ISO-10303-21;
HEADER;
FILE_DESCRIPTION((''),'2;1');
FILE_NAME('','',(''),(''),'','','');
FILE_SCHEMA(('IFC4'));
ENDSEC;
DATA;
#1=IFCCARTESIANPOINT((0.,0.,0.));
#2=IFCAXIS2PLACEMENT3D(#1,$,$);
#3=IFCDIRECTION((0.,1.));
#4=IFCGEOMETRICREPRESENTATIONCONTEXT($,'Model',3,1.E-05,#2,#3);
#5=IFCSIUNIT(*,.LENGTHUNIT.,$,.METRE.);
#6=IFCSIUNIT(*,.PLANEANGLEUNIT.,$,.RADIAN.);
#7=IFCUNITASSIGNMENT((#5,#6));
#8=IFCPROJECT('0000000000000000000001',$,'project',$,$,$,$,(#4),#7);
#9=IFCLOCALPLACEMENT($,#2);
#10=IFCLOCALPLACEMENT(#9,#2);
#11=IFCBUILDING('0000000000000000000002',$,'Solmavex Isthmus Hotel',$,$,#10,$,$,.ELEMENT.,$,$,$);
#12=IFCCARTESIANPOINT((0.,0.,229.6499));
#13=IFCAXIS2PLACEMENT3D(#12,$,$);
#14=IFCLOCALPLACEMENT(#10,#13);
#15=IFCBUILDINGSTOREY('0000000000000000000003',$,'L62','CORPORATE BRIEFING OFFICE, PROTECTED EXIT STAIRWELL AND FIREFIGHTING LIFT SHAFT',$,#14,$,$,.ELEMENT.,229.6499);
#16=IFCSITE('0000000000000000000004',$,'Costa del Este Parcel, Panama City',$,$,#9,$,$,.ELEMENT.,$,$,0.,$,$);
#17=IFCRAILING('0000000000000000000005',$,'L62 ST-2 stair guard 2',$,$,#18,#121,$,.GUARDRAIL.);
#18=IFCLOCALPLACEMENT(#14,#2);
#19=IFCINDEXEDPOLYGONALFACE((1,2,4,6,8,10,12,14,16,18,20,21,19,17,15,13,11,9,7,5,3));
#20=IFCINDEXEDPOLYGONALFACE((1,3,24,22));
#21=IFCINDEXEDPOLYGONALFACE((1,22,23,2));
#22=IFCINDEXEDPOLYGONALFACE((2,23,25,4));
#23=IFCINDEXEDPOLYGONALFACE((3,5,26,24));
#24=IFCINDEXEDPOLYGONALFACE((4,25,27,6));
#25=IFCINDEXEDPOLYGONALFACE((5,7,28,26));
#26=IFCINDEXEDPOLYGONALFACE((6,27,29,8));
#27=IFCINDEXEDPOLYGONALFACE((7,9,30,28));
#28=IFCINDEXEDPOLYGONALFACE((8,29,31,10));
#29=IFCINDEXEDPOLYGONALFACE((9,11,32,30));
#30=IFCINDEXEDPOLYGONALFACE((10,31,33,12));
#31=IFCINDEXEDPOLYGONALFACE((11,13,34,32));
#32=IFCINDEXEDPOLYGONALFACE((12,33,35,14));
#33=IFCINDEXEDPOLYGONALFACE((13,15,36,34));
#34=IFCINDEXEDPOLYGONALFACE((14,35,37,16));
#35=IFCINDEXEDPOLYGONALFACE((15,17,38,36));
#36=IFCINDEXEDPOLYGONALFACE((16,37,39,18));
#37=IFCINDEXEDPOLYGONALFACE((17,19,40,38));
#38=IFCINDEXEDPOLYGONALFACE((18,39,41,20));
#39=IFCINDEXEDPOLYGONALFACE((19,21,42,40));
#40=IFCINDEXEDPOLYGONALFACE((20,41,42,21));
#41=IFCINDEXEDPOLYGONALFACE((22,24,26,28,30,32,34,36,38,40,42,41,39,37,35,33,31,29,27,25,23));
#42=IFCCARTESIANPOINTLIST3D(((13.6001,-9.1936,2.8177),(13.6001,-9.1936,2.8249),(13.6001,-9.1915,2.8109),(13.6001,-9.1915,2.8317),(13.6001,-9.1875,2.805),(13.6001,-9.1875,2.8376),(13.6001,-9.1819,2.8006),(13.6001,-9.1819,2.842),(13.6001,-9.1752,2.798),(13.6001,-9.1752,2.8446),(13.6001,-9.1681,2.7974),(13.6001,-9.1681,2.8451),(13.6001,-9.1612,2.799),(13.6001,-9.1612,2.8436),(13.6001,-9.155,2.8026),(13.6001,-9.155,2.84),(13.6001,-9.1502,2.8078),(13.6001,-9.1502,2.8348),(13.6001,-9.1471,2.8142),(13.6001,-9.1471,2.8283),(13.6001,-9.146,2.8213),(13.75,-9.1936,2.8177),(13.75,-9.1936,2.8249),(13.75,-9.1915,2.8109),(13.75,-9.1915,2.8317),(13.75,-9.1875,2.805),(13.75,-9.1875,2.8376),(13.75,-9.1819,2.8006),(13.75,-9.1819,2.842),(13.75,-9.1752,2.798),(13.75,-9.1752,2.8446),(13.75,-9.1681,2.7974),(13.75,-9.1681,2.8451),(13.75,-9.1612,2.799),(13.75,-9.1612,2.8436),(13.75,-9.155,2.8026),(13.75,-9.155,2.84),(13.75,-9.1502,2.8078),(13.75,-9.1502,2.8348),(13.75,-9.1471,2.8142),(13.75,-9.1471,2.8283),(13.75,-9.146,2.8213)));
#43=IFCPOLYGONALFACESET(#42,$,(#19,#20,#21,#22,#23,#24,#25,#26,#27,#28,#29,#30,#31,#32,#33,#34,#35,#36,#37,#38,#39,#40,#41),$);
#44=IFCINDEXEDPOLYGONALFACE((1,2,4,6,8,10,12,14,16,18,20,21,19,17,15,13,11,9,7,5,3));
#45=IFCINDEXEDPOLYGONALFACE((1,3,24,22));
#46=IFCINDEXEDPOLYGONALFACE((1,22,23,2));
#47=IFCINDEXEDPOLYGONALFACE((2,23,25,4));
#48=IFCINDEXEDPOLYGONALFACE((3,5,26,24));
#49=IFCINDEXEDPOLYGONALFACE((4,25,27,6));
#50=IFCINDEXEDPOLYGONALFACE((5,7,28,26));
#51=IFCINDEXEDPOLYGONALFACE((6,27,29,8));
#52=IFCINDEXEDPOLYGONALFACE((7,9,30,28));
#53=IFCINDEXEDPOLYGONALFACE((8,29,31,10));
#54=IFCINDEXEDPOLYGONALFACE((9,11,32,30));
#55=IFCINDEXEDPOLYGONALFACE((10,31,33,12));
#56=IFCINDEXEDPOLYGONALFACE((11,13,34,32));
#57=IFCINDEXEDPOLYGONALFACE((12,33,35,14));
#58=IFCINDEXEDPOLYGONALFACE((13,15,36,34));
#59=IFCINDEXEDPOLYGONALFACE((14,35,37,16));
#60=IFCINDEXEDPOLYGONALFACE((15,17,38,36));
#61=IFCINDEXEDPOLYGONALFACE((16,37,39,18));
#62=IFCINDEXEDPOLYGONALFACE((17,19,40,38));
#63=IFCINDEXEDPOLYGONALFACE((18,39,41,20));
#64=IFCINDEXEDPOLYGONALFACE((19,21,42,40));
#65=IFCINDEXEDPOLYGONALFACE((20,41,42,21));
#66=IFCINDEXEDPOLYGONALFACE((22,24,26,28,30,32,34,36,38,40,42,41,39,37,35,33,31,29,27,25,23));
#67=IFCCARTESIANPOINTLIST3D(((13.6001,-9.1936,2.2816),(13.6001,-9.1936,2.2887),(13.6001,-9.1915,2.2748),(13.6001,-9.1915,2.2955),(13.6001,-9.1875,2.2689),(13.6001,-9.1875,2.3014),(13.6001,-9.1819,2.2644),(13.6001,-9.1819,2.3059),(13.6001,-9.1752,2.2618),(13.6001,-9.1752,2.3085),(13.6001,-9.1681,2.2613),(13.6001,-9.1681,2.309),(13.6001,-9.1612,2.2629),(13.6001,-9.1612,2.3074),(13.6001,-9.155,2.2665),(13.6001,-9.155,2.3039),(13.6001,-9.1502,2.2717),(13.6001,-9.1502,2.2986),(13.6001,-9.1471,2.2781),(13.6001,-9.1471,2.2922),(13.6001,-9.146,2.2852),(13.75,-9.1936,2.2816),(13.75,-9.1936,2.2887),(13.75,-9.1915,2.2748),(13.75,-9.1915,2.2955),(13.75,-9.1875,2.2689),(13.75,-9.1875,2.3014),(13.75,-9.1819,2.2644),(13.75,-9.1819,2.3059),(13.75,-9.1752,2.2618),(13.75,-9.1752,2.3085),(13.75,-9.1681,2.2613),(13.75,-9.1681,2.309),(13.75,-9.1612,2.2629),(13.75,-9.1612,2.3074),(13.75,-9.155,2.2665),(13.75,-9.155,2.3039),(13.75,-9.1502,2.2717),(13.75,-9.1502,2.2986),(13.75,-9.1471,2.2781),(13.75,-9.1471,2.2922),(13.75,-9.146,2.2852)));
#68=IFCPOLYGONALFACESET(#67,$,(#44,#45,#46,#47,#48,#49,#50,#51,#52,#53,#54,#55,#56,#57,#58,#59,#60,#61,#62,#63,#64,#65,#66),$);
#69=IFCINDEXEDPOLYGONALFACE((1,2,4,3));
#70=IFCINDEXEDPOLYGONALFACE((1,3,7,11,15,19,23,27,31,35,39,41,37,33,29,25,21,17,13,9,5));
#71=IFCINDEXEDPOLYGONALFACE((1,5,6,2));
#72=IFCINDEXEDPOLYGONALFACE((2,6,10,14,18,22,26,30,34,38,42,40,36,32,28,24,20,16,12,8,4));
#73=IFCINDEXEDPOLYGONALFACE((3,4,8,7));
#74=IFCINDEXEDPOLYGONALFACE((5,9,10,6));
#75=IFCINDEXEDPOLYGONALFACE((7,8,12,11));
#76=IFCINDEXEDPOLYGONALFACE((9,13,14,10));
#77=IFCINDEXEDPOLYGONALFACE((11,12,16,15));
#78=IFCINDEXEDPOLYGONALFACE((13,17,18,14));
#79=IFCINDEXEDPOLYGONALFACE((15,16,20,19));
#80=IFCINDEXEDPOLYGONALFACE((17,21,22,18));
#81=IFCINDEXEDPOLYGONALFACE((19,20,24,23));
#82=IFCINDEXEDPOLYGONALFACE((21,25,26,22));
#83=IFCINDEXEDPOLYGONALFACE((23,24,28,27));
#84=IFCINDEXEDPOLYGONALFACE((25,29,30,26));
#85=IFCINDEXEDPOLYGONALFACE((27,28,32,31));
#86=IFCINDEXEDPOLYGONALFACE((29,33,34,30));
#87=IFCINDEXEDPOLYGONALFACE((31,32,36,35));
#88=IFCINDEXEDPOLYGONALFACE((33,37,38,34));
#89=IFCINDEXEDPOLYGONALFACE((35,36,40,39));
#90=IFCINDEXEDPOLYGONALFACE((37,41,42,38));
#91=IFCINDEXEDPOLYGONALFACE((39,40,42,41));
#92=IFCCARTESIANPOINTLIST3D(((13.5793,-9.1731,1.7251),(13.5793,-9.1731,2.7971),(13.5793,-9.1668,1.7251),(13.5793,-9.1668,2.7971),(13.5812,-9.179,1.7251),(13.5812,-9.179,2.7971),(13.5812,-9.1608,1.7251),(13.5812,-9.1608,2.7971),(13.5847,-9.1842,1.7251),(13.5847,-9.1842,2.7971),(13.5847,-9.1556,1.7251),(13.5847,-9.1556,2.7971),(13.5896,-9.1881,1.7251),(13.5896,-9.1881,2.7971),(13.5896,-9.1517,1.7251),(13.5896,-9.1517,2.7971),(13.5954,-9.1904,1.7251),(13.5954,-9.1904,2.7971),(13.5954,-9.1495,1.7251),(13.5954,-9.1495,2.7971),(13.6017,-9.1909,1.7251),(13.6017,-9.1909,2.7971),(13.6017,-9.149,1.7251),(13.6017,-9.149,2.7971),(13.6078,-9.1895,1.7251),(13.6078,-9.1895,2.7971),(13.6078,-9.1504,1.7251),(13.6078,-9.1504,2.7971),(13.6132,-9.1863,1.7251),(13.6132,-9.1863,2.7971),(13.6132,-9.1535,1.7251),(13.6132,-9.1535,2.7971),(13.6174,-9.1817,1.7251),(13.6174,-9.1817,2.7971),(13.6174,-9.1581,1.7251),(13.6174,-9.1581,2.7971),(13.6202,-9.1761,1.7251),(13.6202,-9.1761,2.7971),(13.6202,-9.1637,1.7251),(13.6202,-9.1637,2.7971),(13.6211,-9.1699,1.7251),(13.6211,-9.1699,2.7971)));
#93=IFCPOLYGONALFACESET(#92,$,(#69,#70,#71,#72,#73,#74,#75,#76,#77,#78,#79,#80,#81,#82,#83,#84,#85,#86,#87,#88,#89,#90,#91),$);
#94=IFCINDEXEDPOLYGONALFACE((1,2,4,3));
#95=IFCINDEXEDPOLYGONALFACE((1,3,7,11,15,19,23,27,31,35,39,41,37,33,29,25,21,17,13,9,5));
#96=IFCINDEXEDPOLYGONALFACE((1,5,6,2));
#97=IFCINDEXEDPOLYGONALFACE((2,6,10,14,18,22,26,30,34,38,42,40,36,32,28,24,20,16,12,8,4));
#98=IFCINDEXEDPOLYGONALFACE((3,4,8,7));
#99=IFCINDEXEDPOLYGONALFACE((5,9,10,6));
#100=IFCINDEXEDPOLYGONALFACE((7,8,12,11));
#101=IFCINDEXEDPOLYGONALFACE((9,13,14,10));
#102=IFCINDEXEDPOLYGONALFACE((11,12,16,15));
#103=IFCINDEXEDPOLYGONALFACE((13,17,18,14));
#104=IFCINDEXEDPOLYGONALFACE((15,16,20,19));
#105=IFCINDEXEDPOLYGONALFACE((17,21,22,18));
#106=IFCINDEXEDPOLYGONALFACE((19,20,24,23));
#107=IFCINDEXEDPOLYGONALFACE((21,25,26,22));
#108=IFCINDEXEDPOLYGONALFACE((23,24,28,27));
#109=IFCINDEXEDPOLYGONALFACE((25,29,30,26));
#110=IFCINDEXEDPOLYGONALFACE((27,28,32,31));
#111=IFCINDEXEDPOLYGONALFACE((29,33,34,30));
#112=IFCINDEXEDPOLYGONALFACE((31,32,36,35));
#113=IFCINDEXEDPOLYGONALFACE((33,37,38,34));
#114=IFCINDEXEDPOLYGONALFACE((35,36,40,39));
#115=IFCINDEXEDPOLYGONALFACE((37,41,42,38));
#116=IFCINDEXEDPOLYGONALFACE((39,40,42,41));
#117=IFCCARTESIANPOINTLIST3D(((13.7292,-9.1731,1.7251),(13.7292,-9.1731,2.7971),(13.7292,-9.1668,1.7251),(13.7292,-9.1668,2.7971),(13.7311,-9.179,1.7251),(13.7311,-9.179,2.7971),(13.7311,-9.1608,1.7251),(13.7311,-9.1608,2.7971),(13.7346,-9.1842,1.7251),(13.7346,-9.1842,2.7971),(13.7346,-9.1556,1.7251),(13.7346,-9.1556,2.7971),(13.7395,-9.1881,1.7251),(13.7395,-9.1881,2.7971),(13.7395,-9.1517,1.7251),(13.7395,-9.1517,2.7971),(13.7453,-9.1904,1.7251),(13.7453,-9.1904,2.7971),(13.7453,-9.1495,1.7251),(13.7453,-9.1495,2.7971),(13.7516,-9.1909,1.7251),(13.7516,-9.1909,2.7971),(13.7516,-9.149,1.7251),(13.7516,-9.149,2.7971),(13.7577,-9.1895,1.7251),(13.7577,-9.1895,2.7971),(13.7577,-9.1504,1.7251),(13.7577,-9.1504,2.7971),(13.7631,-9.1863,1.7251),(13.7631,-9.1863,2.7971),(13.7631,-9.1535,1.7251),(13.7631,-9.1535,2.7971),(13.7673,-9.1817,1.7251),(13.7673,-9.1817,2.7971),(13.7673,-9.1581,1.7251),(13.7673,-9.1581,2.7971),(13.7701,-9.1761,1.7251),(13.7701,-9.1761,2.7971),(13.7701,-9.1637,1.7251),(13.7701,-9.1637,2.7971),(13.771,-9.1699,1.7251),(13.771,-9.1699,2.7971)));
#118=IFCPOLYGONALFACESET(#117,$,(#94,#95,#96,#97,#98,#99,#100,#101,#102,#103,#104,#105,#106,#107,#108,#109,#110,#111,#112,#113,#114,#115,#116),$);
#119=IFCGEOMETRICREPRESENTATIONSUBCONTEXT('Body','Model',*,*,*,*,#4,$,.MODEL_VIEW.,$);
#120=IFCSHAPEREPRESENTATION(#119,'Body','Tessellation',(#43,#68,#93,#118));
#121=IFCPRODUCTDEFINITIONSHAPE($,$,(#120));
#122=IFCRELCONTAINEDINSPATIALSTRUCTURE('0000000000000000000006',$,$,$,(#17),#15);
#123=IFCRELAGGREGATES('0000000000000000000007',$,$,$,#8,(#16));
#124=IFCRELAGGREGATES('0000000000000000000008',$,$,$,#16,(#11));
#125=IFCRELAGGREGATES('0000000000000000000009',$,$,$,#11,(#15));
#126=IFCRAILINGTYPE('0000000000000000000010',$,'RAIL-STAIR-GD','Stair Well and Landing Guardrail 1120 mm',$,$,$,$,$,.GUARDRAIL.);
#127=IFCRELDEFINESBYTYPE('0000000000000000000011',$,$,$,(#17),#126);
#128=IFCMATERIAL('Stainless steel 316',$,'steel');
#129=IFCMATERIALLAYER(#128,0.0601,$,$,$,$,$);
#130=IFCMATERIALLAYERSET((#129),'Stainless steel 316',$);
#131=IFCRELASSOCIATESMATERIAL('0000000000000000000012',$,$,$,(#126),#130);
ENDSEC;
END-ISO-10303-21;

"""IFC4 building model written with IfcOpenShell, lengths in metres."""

from ifc_helpers import new_model, si_unit, direction, frame, origin, origin_2d, place, context, subcontext, project, spatial, circle, extrude, material, layer, layer_set, type_object, element, save


model = new_model("IFC4")

# Units and contexts
model_context = context("Model", 3, precision=1e-05, world=origin(), true_north=direction((0.0, 1.0)))
body_context = subcontext(model_context, "Body", "Model", "MODEL_VIEW")
ifc_project = project(units=[si_unit("LENGTHUNIT", "METRE"), si_unit("PLANEANGLEUNIT", "RADIAN")], contexts=[model_context])

# Site, building, storey
site_placement = place(None, origin())
site = spatial("IfcSite", under=ifc_project, at=site_placement, Name="Costa del Este Parcel, Panama City", CompositionType="ELEMENT", RefElevation=0.0)
building_placement = place(site_placement, origin())
building = spatial("IfcBuilding", under=site, at=building_placement, Name="Solmavex Isthmus Hotel", CompositionType="ELEMENT")
storey_placement = place(building_placement, frame((0.0, 0.0, 229.6499)))
storey = spatial("IfcBuildingStorey", under=building, at=storey_placement, Name="L62", Description="CORPORATE BRIEFING OFFICE, PROTECTED EXIT STAIRWELL AND FIREFIGHTING LIFT SHAFT", CompositionType="ELEMENT", Elevation=229.6499)

# Railing
ifc_material_1 = material(Name="Stainless steel 316", Category="steel")
ifc_layer_1 = layer(ifc_material_1, 0.0601)
ifc_layer_set_1 = layer_set([ifc_layer_1], Name="Stainless steel 316")
railing_type = type_object("IfcRailingType", Name="RAIL-STAIR-GD", Description="Stair Well and Landing Guardrail 1120 mm", PredefinedType="GUARDRAIL", material=ifc_layer_set_1)
railing_1_placement = place(storey_placement, frame((13.6001, -9.1699, 1.7251)))
element("IfcRailing", 1, at=railing_1_placement, inside=storey, type_object=railing_type, Name="L62 ST-2 stair guard 2", PredefinedType="GUARDRAIL", context=body_context, shape_type="SweptSolid", body=[
    extrude(circle(Radius=0.0239, at=origin_2d()), frame((0.0, 0.0, 1.0962), z_axis=(1.0, 0.0, 0.0), x_axis=(0.0, 1.0, 0.0)), (0.0, 0.0, 1.0), 0.1499),
    extrude(circle(Radius=0.0239, at=origin_2d()), frame((0.0, 0.0, 0.5601), z_axis=(1.0, 0.0, 0.0), x_axis=(0.0, 1.0, 0.0)), (0.0, 0.0, 1.0), 0.1499),
    extrude(circle(Radius=0.021, at=origin_2d()), origin(), (0.0, 0.0, 1.0), 1.072),
    extrude(circle(Radius=0.021, at=origin_2d()), frame((0.1499, 0.0, 0.0)), (0.0, 0.0, 1.0), 1.072),
])

save(model, "model.ifc")
